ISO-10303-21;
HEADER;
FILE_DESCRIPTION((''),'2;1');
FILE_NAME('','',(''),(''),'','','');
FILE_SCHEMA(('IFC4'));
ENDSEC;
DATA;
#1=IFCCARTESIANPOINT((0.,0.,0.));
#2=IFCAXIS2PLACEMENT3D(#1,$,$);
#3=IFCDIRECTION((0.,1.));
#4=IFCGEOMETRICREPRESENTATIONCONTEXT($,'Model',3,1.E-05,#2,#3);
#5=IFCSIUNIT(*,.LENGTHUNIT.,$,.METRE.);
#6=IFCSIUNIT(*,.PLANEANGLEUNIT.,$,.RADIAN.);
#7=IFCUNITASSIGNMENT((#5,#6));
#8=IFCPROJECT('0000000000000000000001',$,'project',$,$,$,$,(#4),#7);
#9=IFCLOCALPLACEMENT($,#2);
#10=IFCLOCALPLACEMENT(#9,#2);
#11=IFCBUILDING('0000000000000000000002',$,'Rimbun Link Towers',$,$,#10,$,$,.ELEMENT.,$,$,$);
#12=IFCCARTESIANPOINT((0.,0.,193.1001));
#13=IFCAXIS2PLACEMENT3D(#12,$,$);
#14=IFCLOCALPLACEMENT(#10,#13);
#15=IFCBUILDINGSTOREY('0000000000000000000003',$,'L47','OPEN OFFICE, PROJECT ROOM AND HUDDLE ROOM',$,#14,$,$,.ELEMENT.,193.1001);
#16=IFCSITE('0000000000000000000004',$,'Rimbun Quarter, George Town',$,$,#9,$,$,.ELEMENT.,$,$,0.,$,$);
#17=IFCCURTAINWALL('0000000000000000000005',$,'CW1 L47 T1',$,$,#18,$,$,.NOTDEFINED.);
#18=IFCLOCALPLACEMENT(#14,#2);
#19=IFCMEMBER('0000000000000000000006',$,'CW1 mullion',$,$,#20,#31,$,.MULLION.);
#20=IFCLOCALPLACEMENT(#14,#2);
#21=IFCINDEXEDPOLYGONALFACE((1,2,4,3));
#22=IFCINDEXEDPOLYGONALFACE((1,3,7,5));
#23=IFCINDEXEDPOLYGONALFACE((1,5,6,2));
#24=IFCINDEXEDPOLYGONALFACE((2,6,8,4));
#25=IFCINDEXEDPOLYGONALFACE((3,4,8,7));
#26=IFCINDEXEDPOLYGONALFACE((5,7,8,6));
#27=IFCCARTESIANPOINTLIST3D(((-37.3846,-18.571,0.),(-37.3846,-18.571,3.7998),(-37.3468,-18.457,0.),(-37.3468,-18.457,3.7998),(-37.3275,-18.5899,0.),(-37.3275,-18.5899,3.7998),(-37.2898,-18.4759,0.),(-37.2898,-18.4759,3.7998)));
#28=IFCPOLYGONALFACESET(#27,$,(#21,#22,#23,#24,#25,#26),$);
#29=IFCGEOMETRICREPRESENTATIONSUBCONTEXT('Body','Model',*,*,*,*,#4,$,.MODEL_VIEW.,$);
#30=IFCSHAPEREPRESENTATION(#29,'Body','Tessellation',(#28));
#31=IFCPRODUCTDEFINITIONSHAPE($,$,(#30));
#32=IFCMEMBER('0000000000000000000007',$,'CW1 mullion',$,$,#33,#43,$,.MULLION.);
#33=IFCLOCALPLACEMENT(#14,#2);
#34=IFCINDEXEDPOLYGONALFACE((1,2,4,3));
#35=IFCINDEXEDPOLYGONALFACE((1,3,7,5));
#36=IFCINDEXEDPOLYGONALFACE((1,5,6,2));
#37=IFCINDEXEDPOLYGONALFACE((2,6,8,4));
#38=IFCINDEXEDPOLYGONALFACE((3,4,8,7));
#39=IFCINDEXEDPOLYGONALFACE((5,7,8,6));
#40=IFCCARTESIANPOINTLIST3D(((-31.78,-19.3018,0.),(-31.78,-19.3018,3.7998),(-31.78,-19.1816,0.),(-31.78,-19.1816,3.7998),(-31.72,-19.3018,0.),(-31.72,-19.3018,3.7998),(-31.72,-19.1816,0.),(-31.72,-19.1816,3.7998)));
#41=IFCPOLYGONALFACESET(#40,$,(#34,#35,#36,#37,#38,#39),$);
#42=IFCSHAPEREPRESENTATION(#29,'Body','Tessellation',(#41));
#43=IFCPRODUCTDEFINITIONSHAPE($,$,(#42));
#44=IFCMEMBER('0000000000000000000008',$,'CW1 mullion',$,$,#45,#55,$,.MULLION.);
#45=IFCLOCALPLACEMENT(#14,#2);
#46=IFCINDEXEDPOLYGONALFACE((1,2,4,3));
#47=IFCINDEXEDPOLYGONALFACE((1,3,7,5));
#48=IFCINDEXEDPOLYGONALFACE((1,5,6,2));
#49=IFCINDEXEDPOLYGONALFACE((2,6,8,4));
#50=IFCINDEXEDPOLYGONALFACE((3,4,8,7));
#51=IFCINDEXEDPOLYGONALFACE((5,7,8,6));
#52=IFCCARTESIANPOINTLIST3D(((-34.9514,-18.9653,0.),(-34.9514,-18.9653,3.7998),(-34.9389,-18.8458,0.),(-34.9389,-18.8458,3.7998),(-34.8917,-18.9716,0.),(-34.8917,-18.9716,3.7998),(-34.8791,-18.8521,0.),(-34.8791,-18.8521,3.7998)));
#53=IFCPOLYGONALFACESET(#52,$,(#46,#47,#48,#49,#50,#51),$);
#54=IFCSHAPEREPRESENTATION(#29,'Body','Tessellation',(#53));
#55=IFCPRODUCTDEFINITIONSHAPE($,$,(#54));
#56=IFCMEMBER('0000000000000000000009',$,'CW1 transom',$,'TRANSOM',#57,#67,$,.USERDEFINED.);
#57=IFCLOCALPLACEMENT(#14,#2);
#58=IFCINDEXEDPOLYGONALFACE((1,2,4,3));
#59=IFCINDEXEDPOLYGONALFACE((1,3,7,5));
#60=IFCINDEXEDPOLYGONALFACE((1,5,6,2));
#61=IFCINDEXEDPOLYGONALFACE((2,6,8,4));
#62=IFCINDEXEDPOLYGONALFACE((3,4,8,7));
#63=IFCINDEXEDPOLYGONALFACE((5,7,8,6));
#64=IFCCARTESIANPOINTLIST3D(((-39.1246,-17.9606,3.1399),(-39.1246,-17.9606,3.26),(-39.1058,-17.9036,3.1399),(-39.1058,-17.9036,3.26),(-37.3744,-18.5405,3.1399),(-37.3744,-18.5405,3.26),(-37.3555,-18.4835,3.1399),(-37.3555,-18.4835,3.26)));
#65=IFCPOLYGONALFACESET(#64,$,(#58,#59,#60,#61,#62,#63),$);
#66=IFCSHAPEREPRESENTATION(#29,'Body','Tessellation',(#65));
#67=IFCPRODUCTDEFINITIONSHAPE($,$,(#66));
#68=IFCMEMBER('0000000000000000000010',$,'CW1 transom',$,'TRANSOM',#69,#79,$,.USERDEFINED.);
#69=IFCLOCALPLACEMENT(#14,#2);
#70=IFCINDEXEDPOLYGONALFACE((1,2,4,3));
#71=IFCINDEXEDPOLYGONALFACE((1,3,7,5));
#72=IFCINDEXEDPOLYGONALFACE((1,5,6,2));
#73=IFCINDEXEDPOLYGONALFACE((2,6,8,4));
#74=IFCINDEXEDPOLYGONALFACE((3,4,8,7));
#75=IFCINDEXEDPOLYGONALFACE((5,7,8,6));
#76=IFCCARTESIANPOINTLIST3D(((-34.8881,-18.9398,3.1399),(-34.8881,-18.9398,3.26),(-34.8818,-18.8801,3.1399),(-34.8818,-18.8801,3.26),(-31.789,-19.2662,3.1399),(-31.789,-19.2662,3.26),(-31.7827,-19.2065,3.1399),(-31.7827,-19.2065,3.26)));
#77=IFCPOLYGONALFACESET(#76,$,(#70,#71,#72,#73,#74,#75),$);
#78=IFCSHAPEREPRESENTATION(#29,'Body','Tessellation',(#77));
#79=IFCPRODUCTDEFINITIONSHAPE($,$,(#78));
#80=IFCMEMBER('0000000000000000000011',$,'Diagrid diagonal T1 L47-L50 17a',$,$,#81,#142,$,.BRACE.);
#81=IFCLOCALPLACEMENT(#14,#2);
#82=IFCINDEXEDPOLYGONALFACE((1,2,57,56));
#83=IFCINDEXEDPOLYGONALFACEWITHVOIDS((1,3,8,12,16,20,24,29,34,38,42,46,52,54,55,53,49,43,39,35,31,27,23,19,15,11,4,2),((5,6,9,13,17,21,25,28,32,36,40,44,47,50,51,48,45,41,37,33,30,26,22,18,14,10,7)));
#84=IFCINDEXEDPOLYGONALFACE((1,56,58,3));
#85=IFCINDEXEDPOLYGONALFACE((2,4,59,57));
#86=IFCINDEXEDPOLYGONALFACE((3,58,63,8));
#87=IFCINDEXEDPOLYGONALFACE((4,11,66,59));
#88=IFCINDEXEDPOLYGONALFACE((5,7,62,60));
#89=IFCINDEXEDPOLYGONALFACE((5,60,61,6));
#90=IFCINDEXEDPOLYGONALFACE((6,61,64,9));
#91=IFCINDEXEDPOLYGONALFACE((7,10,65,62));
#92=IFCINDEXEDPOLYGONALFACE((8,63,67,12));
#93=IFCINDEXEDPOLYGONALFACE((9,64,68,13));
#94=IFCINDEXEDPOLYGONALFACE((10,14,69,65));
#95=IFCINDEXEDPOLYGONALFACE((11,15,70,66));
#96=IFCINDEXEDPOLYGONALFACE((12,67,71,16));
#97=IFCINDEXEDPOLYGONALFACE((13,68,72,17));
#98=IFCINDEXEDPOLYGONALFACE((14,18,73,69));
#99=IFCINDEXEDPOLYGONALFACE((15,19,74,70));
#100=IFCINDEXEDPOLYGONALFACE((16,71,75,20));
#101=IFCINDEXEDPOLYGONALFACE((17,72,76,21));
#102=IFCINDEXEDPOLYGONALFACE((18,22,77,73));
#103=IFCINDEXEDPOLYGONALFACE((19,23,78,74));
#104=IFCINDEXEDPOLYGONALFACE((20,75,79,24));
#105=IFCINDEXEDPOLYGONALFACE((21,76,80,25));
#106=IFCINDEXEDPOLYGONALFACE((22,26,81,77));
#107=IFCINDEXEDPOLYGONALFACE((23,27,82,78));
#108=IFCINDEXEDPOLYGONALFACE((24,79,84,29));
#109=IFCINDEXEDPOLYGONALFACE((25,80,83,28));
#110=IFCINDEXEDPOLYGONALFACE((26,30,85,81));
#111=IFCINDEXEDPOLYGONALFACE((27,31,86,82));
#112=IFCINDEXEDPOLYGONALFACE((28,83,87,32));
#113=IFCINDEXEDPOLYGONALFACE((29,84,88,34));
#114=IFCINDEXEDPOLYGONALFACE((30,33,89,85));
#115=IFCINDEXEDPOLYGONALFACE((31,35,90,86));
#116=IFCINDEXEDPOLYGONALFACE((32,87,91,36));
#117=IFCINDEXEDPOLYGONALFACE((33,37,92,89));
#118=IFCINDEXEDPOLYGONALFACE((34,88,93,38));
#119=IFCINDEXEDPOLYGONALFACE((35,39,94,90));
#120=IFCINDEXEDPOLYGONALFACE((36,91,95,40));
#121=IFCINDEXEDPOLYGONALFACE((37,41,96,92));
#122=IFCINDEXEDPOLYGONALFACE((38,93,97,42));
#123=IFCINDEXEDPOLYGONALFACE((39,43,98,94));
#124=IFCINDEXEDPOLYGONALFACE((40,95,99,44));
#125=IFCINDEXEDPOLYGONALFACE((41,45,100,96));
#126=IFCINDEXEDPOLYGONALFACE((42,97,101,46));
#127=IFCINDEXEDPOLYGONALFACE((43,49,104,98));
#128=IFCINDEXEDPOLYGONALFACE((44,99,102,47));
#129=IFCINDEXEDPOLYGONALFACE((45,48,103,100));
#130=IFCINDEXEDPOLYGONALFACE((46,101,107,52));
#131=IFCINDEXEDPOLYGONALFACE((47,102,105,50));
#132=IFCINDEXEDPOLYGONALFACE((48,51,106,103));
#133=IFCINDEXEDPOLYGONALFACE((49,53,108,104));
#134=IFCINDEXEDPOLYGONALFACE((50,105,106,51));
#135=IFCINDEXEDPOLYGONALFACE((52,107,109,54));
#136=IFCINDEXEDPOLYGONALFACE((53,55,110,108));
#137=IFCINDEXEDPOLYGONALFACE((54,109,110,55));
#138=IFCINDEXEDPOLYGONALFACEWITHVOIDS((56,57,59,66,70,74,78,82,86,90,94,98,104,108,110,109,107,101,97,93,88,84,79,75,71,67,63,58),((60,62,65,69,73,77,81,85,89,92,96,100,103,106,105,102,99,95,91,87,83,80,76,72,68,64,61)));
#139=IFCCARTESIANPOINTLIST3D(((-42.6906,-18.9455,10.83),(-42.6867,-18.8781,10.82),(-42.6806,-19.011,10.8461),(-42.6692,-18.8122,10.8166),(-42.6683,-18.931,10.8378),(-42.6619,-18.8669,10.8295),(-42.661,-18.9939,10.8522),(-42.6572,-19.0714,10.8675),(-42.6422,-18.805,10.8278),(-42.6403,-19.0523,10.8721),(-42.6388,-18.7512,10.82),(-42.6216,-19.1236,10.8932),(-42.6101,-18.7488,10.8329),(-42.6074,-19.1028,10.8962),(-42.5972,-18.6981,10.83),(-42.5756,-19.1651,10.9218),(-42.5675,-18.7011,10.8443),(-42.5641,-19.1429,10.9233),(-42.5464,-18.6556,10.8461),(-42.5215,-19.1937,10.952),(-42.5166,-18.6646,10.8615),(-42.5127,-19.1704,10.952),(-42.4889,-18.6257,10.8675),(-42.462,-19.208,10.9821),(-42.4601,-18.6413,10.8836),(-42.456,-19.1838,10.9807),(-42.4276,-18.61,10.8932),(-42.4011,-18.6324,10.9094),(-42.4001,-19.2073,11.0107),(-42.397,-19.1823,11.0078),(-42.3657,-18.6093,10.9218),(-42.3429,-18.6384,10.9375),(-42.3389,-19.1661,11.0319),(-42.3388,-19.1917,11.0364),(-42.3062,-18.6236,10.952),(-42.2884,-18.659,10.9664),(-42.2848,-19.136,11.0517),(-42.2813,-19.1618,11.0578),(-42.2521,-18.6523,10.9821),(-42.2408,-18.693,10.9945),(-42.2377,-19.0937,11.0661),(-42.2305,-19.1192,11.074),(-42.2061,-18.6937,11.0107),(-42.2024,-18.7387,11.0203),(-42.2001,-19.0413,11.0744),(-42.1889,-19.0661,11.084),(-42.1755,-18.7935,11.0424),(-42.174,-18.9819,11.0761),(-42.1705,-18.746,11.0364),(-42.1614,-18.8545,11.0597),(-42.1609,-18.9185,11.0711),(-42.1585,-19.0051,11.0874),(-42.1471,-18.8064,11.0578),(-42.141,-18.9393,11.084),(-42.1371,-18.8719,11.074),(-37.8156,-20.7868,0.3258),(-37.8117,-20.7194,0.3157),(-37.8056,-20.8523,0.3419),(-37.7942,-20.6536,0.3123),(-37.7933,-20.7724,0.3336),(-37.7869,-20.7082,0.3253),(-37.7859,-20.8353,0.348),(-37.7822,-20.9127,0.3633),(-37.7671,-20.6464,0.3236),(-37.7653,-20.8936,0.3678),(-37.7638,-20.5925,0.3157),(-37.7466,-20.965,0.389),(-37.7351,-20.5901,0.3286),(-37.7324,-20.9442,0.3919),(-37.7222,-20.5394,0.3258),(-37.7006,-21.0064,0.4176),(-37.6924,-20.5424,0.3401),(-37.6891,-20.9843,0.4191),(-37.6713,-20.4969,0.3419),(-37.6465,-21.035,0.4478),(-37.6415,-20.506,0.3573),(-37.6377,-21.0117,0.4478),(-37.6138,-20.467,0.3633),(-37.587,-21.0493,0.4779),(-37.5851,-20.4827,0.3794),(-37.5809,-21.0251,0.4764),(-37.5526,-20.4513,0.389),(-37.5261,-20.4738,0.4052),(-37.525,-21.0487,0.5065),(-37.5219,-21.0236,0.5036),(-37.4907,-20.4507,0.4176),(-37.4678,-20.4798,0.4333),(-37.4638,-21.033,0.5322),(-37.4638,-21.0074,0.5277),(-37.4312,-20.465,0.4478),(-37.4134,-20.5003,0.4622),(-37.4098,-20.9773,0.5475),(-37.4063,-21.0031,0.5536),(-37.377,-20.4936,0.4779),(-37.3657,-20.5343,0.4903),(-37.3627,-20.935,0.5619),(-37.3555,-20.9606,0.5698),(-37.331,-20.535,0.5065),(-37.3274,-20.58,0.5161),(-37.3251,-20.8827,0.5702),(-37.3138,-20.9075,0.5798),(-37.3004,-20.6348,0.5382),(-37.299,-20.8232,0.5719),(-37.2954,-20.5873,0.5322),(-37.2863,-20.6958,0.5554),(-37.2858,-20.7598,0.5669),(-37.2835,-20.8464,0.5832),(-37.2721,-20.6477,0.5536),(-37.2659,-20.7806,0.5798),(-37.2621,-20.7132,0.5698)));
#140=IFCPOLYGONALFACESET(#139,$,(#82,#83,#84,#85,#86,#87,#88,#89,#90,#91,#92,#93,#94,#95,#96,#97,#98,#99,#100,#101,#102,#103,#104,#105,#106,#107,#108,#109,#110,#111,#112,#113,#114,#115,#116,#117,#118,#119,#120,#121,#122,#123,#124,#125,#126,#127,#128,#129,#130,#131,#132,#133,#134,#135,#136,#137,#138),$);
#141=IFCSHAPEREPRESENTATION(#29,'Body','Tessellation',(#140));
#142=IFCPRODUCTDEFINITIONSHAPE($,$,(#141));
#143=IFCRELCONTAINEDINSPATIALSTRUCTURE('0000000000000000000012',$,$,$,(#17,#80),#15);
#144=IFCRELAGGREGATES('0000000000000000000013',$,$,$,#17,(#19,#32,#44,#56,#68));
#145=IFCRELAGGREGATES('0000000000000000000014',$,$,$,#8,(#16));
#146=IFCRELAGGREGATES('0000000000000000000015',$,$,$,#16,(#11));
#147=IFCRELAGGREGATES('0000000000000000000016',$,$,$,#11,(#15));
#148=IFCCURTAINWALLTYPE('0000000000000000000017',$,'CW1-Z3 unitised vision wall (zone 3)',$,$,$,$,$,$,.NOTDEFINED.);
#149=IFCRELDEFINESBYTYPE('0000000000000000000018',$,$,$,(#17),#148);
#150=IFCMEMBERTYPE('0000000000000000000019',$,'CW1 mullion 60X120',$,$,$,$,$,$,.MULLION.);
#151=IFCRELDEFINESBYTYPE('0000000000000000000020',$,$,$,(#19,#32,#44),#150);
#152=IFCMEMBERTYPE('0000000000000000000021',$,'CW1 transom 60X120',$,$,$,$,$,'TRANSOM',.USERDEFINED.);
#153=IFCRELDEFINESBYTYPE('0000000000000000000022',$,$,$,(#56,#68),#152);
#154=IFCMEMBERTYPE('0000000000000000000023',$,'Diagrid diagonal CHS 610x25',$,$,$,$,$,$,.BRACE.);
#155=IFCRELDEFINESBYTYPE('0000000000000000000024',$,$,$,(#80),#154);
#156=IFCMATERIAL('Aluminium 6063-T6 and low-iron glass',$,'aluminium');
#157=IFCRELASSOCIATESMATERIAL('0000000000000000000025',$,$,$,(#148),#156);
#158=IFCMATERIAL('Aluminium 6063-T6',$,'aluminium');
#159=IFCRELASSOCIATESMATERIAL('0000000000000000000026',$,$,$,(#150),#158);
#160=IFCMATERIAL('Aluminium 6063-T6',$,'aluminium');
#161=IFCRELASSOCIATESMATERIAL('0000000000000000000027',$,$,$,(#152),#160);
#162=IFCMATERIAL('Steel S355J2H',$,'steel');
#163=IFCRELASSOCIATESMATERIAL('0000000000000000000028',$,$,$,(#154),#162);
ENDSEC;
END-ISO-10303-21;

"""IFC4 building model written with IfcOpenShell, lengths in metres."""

from ifc_helpers import new_model, si_unit, direction, frame, origin, origin_2d, place, context, subcontext, project, spatial, rectangle, hollow_circle, extrude, material, material_profile, profile_set, type_object, element, aggregate, save


model = new_model("IFC4")

# Units and contexts
model_context = context("Model", 3, precision=1e-05, world=origin(), true_north=direction((0.0, 1.0)))
body_context = subcontext(model_context, "Body", "Model", "MODEL_VIEW")
ifc_project = project(units=[si_unit("LENGTHUNIT", "METRE"), si_unit("PLANEANGLEUNIT", "RADIAN")], contexts=[model_context])

# Site, building, storey
site_placement = place(None, origin())
site = spatial("IfcSite", under=ifc_project, at=site_placement, Name="Rimbun Quarter, George Town", CompositionType="ELEMENT", RefElevation=0.0)
building_placement = place(site_placement, origin())
building = spatial("IfcBuilding", under=site, at=building_placement, Name="Rimbun Link Towers", CompositionType="ELEMENT")
storey_placement = place(building_placement, frame((0.0, 0.0, 193.1001)))
storey = spatial("IfcBuildingStorey", under=building, at=storey_placement, Name="L47", Description="OPEN OFFICE, PROJECT ROOM AND HUDDLE ROOM", CompositionType="ELEMENT", Elevation=193.1001)

# Curtain wall, members
ifc_material_1 = material(Name="Aluminium 6063-T6 and low-iron glass", Category="aluminium")
curtain_wall_type = type_object("IfcCurtainWallType", Name="CW1-Z3 unitised vision wall (zone 3)", PredefinedType="NOTDEFINED", material=ifc_material_1)
curtain_wall_placement = place(storey_placement, origin())
curtain_wall = element("IfcCurtainWall", 1, at=curtain_wall_placement, inside=storey, type_object=curtain_wall_type, Name="CW1 L47 T1", PredefinedType="NOTDEFINED")
ifc_material_2 = material(Name="Aluminium 6063-T6", Category="aluminium")
ifc_material_profile_1 = material_profile(ifc_material_2, rectangle(XDim=0.1201, YDim=0.0601, at=origin_2d()), Name="MULLION 60X120")
ifc_profile_set_1 = profile_set([ifc_material_profile_1], Name="Aluminium 6063-T6")
member_type_1 = type_object("IfcMemberType", Name="CW1 mullion 60X120", PredefinedType="MULLION", material=ifc_profile_set_1)
member_1_placement = place(storey_placement, frame((-37.3372, -18.5234, 0.0), z_axis=(0.0, 0.0, 1.0), x_axis=(-0.314558, -0.949238, 0.0)))
member_1 = element("IfcMember", 2, at=member_1_placement, type_object=member_type_1, Name="CW1 mullion", PredefinedType="MULLION", context=body_context, shape_type="SweptSolid", body=[
    extrude(rectangle(XDim=0.1201, YDim=0.0601, at=origin_2d()), origin(), (0.0, 0.0, 1.0), 3.7998),
])
member_2_placement = place(storey_placement, frame((-31.75, -19.2417, 0.0), z_axis=(0.0, 0.0, 1.0), x_axis=(0.0, -1.0, 0.0)))
member_2 = element("IfcMember", 3, at=member_2_placement, type_object=member_type_1, Name="CW1 mullion", PredefinedType="MULLION", context=body_context, shape_type="SweptSolid", body=[
    extrude(rectangle(XDim=0.1201, YDim=0.0601, at=origin_2d()), origin(), (0.0, 0.0, 1.0), 3.7998),
])
member_3_placement = place(storey_placement, frame((-34.9153, -18.9087, 0.0), z_axis=(0.0, 0.0, 1.0), x_axis=(-0.104748, -0.994499, 0.0)))
member_3 = element("IfcMember", 4, at=member_3_placement, type_object=member_type_1, Name="CW1 mullion", PredefinedType="MULLION", context=body_context, shape_type="SweptSolid", body=[
    extrude(rectangle(XDim=0.1201, YDim=0.0601, at=origin_2d()), origin(), (0.0, 0.0, 1.0), 3.7998),
])
ifc_material_3 = material(Name="Aluminium 6063-T6", Category="aluminium")
ifc_material_profile_2 = material_profile(ifc_material_3, rectangle(XDim=0.0601, YDim=0.1201, at=origin_2d()), Name="TRANSOM 60X120")
ifc_profile_set_2 = profile_set([ifc_material_profile_2], Name="Aluminium 6063-T6")
member_type_2 = type_object("IfcMemberType", Name="CW1 transom 60X120", ElementType="TRANSOM", PredefinedType="USERDEFINED", material=ifc_profile_set_2)
member_4_placement = place(storey_placement, frame((-37.365, -18.512, 3.2), z_axis=(-0.949264, 0.314479, 0.0), x_axis=(-0.314479, -0.949264, 0.0)))
member_4 = element("IfcMember", 5, at=member_4_placement, type_object=member_type_2, Name="CW1 transom", ObjectType="TRANSOM", PredefinedType="USERDEFINED", context=body_context, shape_type="SweptSolid", body=[
    extrude(rectangle(XDim=0.0601, YDim=0.1201, at=origin_2d()), origin(), (0.0, 0.0, 1.0), 1.8438),
])
member_5_placement = place(storey_placement, frame((-31.7859, -19.2363, 3.2), z_axis=(-0.994499, 0.104746, 0.0), x_axis=(-0.104746, -0.994499, 0.0)))
member_5 = element("IfcMember", 6, at=member_5_placement, type_object=member_type_2, Name="CW1 transom", ObjectType="TRANSOM", PredefinedType="USERDEFINED", context=body_context, shape_type="SweptSolid", body=[
    extrude(rectangle(XDim=0.0601, YDim=0.1201, at=origin_2d()), origin(), (0.0, 0.0, 1.0), 3.1162),
])

# Member
ifc_material_4 = material(Name="Steel S355J2H", Category="steel")
ifc_material_profile_3 = material_profile(ifc_material_4, hollow_circle(Radius=0.3047, WallThickness=0.0249, at=origin_2d()), Name="Diagrid diagonal CHS 610x25")
ifc_profile_set_3 = profile_set([ifc_material_profile_3], Name="Steel S355J2H")
member_type_3 = type_object("IfcMemberType", Name="Diagrid diagonal CHS 610x25", PredefinedType="BRACE", material=ifc_profile_set_3)
member_6_placement = place(storey_placement, frame((-37.5388, -20.75, 0.4478), z_axis=(-0.415752, 0.157031, 0.895819), x_axis=(-0.35334, -0.935495, 0.0)))
element("IfcMember", 7, at=member_6_placement, inside=storey, type_object=member_type_3, Name="Diagrid diagonal T1 L47-L50 17a", PredefinedType="BRACE", context=body_context, shape_type="SweptSolid", body=[
    extrude(hollow_circle(Radius=0.3047, WallThickness=0.0249, at=origin_2d()), origin(), (0.0, 0.0, 1.0), 11.7258),
])

aggregate(curtain_wall, [member_1, member_2, member_3, member_4, member_5])

save(model, "model.ifc")
